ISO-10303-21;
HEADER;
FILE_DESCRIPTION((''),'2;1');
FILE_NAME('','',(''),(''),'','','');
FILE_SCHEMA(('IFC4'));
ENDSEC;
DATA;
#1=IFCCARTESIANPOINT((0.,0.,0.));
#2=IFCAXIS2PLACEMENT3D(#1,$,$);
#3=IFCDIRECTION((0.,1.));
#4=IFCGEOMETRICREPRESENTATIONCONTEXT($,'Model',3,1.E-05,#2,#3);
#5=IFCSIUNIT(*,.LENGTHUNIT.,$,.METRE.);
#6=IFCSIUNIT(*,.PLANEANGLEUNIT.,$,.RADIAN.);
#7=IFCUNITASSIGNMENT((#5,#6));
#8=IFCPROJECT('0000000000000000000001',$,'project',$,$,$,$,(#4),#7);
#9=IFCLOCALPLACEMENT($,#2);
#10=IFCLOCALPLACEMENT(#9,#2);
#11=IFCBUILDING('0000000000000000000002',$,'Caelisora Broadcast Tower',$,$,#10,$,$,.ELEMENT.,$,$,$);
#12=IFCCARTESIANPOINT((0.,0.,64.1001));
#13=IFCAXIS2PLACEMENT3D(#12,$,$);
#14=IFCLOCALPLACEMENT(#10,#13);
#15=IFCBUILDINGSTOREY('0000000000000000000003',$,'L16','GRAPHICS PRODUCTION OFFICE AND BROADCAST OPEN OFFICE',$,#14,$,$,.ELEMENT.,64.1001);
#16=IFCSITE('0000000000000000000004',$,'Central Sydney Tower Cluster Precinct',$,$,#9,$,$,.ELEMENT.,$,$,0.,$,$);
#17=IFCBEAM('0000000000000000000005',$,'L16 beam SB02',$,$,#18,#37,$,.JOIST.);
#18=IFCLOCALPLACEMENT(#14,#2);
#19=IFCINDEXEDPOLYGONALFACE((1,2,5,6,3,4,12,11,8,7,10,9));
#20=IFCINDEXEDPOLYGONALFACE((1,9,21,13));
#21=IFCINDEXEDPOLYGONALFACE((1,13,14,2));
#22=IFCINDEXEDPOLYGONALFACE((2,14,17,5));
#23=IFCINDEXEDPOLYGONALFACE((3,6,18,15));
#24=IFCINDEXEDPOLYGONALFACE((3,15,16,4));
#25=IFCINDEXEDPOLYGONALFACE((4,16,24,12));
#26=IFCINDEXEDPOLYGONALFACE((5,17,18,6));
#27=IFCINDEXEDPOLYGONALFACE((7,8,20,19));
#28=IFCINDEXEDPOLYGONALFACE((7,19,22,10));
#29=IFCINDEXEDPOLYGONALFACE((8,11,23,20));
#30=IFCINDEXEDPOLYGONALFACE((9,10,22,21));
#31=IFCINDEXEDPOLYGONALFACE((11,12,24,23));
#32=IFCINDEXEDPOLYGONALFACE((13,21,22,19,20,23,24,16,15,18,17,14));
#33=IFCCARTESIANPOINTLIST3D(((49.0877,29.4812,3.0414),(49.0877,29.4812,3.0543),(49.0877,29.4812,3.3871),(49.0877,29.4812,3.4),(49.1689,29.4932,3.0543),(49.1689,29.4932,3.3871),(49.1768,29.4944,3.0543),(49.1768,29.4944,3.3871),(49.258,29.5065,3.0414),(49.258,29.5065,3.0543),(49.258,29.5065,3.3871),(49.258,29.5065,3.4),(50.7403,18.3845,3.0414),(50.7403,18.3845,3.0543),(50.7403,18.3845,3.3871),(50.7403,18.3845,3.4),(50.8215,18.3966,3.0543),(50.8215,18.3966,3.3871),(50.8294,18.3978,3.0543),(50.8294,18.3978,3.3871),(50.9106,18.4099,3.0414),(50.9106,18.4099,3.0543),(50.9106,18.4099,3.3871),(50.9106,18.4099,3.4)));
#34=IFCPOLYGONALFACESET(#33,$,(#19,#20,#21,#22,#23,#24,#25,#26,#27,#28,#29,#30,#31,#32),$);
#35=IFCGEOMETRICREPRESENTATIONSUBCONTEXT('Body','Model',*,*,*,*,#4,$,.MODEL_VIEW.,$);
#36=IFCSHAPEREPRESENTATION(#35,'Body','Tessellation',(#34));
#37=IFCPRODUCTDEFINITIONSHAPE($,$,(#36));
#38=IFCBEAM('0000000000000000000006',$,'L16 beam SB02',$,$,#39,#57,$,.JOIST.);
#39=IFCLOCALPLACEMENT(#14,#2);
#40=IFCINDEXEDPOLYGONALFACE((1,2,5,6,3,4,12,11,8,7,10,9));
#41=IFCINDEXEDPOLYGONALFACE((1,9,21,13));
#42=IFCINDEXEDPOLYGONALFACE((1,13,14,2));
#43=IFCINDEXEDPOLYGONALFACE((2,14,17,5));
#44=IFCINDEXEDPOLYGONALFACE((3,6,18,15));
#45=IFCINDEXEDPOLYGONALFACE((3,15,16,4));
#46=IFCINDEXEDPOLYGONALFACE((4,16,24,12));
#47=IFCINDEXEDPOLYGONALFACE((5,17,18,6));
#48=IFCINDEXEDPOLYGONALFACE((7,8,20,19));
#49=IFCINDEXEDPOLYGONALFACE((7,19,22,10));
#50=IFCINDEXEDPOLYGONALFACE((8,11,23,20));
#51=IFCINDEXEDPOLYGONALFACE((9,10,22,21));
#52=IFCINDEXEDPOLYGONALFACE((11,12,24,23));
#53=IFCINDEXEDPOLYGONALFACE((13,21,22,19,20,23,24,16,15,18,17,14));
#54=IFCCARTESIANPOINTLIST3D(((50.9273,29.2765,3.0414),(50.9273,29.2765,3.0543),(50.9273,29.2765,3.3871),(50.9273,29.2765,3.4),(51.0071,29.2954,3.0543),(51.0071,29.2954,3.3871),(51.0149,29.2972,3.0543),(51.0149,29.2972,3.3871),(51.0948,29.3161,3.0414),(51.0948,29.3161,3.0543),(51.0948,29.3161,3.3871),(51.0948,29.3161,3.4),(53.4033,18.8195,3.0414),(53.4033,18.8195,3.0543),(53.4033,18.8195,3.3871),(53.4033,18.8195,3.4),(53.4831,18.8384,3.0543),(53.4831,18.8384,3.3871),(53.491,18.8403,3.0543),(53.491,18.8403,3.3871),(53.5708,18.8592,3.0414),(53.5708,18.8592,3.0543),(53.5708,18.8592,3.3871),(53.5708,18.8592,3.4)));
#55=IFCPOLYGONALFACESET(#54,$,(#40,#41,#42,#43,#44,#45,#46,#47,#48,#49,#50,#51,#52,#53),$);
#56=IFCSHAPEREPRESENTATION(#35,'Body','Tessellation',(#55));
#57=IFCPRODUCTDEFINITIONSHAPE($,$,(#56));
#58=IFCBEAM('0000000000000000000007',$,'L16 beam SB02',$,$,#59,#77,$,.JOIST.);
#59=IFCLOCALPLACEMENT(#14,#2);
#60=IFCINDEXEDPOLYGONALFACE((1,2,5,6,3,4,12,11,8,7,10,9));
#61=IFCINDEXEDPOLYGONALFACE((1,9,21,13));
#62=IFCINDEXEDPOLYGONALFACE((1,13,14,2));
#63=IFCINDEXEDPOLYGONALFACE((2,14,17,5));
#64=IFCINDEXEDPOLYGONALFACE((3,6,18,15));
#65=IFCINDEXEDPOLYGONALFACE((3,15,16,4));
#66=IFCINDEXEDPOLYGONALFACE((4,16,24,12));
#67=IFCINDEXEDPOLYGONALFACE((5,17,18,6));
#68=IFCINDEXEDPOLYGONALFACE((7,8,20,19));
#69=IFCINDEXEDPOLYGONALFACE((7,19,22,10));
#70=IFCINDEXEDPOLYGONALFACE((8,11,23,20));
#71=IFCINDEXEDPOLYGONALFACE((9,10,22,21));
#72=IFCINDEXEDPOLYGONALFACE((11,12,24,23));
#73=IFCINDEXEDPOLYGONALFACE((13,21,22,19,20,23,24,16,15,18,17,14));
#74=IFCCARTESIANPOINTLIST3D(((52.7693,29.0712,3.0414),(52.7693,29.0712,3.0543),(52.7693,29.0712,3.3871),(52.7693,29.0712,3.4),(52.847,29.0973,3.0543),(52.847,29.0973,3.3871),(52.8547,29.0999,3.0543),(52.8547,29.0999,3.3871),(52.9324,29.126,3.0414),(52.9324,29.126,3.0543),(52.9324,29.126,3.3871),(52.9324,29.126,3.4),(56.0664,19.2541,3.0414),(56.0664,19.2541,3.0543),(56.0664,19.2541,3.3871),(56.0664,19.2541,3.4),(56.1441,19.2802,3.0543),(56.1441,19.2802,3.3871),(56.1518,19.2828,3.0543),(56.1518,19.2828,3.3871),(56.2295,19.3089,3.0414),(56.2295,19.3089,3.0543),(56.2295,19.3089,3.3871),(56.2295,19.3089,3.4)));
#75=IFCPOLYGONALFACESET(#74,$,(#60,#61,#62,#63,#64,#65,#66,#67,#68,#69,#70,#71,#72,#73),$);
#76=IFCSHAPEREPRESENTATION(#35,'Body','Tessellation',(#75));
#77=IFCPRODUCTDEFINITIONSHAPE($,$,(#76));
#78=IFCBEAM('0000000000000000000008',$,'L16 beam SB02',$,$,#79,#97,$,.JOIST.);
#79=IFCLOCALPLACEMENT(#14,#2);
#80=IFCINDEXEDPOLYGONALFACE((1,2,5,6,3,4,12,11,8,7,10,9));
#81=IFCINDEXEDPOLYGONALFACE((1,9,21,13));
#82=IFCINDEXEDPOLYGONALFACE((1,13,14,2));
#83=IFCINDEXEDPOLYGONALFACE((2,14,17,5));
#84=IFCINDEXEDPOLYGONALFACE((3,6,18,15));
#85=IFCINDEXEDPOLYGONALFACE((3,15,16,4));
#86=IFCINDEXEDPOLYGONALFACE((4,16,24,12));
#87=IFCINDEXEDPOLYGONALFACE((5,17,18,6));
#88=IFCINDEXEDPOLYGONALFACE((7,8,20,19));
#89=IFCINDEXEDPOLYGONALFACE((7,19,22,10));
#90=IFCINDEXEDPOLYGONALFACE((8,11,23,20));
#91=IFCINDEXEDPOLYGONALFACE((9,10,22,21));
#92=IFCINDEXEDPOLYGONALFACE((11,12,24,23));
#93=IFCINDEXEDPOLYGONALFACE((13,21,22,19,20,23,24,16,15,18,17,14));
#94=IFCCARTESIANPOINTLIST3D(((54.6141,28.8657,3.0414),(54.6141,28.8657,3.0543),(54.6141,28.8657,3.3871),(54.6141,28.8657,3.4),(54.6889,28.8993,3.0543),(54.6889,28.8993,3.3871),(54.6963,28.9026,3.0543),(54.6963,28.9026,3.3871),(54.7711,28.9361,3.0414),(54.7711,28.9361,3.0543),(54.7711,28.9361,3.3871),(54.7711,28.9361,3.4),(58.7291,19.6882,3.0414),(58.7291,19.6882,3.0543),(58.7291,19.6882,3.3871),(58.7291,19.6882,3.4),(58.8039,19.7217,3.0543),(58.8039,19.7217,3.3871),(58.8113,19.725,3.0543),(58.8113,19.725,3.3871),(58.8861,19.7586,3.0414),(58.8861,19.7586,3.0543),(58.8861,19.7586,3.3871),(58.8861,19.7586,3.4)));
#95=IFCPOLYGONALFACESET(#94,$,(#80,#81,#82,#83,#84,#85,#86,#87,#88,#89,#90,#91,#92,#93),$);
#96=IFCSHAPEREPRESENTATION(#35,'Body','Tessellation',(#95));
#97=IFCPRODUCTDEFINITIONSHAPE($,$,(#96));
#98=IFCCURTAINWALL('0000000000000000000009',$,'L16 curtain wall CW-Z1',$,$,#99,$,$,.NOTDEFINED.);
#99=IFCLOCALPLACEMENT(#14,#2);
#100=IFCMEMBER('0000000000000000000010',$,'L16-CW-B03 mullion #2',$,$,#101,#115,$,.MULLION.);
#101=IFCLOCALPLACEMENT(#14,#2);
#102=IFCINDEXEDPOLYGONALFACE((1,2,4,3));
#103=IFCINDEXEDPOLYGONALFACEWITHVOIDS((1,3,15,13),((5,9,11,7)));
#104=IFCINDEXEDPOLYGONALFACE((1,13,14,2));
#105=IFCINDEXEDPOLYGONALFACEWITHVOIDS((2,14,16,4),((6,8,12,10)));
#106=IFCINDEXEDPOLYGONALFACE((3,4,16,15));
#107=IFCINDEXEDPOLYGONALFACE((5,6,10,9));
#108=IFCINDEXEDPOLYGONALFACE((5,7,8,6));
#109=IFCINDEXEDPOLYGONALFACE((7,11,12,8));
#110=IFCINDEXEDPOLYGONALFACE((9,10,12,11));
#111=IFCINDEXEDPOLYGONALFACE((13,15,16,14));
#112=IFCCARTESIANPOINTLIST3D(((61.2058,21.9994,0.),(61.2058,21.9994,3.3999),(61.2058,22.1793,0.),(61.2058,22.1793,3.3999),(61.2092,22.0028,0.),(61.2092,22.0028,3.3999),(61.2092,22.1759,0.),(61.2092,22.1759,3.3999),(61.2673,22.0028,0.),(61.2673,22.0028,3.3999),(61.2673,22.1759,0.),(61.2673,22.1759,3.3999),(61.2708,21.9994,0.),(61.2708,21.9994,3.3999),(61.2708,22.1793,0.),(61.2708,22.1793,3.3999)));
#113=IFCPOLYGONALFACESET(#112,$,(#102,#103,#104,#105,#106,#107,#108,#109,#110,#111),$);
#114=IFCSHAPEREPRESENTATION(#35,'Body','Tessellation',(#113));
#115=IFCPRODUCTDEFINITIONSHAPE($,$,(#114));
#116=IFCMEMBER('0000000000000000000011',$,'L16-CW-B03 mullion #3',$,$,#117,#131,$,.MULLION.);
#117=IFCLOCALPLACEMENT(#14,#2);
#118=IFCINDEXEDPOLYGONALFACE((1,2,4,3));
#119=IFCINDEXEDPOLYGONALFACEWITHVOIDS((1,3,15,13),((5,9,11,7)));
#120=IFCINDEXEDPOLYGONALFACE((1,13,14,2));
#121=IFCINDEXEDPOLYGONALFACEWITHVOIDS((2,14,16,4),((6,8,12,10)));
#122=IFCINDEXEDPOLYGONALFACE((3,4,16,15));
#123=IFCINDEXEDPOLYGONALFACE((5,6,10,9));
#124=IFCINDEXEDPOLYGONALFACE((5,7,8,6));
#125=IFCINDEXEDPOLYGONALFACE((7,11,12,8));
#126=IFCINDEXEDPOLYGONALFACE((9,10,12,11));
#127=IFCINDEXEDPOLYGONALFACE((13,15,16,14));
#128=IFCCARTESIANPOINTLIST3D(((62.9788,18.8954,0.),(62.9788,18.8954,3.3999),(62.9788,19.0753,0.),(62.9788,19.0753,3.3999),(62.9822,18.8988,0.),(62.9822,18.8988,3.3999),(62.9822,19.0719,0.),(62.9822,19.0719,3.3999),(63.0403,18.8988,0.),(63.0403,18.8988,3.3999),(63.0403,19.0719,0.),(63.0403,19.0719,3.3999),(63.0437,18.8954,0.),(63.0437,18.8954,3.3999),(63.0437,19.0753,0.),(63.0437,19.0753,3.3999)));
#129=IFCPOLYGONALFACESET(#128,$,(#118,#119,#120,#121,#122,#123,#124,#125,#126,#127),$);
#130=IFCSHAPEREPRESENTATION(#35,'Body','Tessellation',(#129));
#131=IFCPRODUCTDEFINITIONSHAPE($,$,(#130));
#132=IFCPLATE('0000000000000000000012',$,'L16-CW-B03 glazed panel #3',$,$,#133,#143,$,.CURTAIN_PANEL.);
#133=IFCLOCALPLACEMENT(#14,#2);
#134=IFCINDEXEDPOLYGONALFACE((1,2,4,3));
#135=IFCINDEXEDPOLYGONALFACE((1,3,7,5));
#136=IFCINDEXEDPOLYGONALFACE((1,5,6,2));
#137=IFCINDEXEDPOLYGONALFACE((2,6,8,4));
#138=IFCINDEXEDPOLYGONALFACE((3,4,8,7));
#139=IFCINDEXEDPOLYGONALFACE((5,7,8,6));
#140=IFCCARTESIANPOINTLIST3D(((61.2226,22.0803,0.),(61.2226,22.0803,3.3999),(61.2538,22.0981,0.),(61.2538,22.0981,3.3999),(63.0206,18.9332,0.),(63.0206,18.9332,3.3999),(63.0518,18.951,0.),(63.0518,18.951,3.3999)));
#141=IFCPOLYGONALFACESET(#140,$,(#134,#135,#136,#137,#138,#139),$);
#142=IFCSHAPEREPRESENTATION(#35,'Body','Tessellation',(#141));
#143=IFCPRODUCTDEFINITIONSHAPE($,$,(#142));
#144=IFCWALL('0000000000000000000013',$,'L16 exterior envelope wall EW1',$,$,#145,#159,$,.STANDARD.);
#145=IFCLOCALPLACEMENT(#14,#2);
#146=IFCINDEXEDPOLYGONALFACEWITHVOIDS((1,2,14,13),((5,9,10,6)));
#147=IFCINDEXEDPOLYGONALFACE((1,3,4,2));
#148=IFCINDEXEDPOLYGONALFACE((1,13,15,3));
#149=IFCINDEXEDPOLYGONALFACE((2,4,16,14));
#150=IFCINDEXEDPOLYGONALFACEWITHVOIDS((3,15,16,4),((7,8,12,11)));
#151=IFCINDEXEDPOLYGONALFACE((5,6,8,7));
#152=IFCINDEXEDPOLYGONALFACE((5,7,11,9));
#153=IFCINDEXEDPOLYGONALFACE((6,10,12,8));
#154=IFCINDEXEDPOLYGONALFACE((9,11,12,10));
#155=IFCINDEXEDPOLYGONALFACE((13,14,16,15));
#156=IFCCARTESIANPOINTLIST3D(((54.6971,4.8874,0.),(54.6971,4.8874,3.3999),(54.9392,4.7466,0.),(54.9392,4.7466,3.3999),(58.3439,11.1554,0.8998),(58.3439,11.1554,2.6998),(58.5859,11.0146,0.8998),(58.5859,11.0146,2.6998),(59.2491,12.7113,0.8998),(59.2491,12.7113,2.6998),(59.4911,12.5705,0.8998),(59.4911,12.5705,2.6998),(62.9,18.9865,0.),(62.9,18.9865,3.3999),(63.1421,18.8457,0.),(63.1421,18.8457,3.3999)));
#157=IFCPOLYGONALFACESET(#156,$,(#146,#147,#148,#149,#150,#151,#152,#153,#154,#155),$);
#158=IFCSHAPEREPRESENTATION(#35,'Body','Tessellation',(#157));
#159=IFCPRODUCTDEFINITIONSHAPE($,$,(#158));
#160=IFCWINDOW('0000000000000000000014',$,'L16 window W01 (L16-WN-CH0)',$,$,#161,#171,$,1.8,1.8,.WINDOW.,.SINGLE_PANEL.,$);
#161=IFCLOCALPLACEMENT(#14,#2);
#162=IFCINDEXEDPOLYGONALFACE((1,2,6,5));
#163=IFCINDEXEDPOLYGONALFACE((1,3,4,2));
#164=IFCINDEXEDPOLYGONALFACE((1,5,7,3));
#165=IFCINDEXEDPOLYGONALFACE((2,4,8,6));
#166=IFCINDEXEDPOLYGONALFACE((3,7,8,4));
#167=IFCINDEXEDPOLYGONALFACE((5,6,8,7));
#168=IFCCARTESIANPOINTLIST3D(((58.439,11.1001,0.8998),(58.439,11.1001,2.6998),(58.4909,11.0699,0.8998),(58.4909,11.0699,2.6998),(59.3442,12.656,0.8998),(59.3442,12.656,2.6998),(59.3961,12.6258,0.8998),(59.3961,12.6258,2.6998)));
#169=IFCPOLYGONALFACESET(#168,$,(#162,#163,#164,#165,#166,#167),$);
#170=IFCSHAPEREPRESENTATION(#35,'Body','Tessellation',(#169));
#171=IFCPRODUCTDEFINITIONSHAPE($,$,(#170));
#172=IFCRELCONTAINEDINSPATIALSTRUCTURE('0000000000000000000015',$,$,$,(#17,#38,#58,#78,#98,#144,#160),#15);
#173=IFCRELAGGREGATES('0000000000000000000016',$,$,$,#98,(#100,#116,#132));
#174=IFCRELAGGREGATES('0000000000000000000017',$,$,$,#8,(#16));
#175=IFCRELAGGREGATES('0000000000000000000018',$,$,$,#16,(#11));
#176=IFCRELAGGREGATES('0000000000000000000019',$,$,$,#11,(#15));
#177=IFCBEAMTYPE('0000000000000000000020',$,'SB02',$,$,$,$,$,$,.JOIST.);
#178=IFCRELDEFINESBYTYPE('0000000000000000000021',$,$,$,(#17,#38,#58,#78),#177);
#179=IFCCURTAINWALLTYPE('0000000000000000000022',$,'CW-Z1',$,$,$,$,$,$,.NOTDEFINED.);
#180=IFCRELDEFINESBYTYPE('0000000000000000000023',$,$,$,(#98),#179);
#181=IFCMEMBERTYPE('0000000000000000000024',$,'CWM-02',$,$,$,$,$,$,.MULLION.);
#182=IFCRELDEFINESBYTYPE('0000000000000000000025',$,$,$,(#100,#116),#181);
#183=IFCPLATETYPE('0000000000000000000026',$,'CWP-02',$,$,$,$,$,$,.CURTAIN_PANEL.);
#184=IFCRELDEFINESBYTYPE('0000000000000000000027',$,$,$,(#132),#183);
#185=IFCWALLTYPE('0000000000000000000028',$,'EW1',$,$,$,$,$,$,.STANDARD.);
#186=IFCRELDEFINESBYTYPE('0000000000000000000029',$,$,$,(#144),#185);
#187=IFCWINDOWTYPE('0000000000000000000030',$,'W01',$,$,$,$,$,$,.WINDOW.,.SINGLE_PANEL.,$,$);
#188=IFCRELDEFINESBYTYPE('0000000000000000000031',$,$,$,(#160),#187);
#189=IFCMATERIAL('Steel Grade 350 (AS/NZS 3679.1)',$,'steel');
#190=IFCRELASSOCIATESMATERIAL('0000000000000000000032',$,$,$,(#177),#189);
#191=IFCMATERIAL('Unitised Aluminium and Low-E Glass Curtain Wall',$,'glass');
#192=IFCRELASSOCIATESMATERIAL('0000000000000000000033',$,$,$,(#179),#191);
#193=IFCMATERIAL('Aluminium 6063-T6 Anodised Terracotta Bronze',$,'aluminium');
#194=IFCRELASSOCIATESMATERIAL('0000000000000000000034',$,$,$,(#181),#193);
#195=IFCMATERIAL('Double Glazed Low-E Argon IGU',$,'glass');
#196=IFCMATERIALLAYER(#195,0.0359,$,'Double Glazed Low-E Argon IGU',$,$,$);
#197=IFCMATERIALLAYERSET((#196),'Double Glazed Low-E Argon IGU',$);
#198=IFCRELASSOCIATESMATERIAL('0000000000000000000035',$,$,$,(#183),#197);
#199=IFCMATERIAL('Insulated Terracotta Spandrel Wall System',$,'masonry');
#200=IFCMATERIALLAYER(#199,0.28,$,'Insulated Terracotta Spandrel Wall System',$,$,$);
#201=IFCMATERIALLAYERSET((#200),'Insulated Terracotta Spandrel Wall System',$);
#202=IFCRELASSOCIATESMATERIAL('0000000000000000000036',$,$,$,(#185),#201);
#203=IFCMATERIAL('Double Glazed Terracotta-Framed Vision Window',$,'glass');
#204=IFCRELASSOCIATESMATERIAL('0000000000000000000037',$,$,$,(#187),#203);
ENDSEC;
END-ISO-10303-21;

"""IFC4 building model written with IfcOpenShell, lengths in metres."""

from ifc_helpers import new_model, si_unit, direction, frame, frame_2d, origin, origin_2d, place, context, subcontext, project, spatial, rectangle, hollow_rectangle, i_section, extrude, source, transform, mapped, material, layer, layer_set, material_profile, profile_set, type_object, type_shapes, element, fill, aggregate, save


model = new_model("IFC4")

# Units and contexts
model_context = context("Model", 3, precision=1e-05, world=origin(), true_north=direction((0.0, 1.0)))
body_context = subcontext(model_context, "Body", "Model", "MODEL_VIEW")
ifc_project = project(units=[si_unit("LENGTHUNIT", "METRE"), si_unit("PLANEANGLEUNIT", "RADIAN")], contexts=[model_context])

# Site, building, storey
site_placement = place(None, origin())
site = spatial("IfcSite", under=ifc_project, at=site_placement, Name="Central Sydney Tower Cluster Precinct", CompositionType="ELEMENT", RefElevation=0.0)
building_placement = place(site_placement, origin())
building = spatial("IfcBuilding", under=site, at=building_placement, Name="Caelisora Broadcast Tower", CompositionType="ELEMENT")
storey_placement = place(building_placement, frame((0.0, 0.0, 64.1001)))
storey = spatial("IfcBuildingStorey", under=building, at=storey_placement, Name="L16", Description="GRAPHICS PRODUCTION OFFICE AND BROADCAST OPEN OFFICE", CompositionType="ELEMENT", Elevation=64.1001)

# Beams
ifc_material_1 = material(Name="Steel Grade 350 (AS/NZS 3679.1)", Category="steel")
ifc_material_profile_1 = material_profile(ifc_material_1, i_section(OverallWidth=0.1721, OverallDepth=0.3586, WebThickness=0.0081, FlangeThickness=0.0129, at=origin_2d()), Name="Steel Grade 350 (AS/NZS 3679.1)")
ifc_profile_set_1 = profile_set([ifc_material_profile_1], Name="Steel Grade 350 (AS/NZS 3679.1)")
beam_type_1 = type_object("IfcBeamType", Name="SB02", PredefinedType="JOIST", material=ifc_profile_set_1)
shared_shape_1 = source(origin(), body_context, "Body", "SweptSolid", [
    extrude(i_section(OverallWidth=0.1721, OverallDepth=0.3586, WebThickness=0.0081, FlangeThickness=0.0129, at=origin_2d()), origin(), (0.0, 0.0, 1.0), 11.219),
])
beam_1_placement = place(storey_placement, frame((50.8254, 18.3972, 3.2207), z_axis=(-0.147302, 0.989092, 0.0), x_axis=(-0.989092, -0.147302, 0.0)))
element("IfcBeam", 1, at=beam_1_placement, inside=storey, type_object=beam_type_1, Name="L16 beam SB02", PredefinedType="JOIST", context=body_context, shape_type="MappedRepresentation", body=[
    mapped(shared_shape_1, transform((0.0, 0.0, 0.0), scale=1.0)),
])
shared_shape_2 = source(origin(), body_context, "Body", "SweptSolid", [
    extrude(i_section(OverallWidth=0.1721, OverallDepth=0.3586, WebThickness=0.0081, FlangeThickness=0.0129, at=origin_2d()), origin(), (0.0, 0.0, 1.0), 10.7461),
])
beam_2_placement = place(storey_placement, frame((53.4871, 18.8394, 3.2207), z_axis=(-0.230414, 0.973093, 0.0), x_axis=(-0.973093, -0.230414, 0.0)))
element("IfcBeam", 2, at=beam_2_placement, inside=storey, type_object=beam_type_1, Name="L16 beam SB02", PredefinedType="JOIST", context=body_context, shape_type="MappedRepresentation", body=[
    mapped(shared_shape_2, transform((0.0, 0.0, 0.0), scale=1.0)),
])
shared_shape_3 = source(origin(), body_context, "Body", "SweptSolid", [
    extrude(i_section(OverallWidth=0.1721, OverallDepth=0.3586, WebThickness=0.0081, FlangeThickness=0.0129, at=origin_2d()), origin(), (0.0, 0.0, 1.0), 10.356),
])
beam_3_placement = place(storey_placement, frame((56.1479, 19.2815, 3.2207), z_axis=(-0.318377, 0.947964, 0.0), x_axis=(-0.947964, -0.318377, 0.0)))
element("IfcBeam", 3, at=beam_3_placement, inside=storey, type_object=beam_type_1, Name="L16 beam SB02", PredefinedType="JOIST", context=body_context, shape_type="MappedRepresentation", body=[
    mapped(shared_shape_3, transform((0.0, 0.0, 0.0), scale=1.0)),
])
shared_shape_4 = source(origin(), body_context, "Body", "SweptSolid", [
    extrude(i_section(OverallWidth=0.1721, OverallDepth=0.3586, WebThickness=0.0081, FlangeThickness=0.0129, at=origin_2d()), origin(), (0.0, 0.0, 1.0), 10.0579),
])
beam_4_placement = place(storey_placement, frame((58.8076, 19.7234, 3.2207), z_axis=(-0.409134, 0.912474, 0.0), x_axis=(-0.912474, -0.409134, 0.0)))
element("IfcBeam", 4, at=beam_4_placement, inside=storey, type_object=beam_type_1, Name="L16 beam SB02", PredefinedType="JOIST", context=body_context, shape_type="MappedRepresentation", body=[
    mapped(shared_shape_4, transform((0.0, 0.0, 0.0), scale=1.0)),
])

# Curtain wall, members, plate
ifc_material_2 = material(Name="Unitised Aluminium and Low-E Glass Curtain Wall", Category="glass")
curtain_wall_type = type_object("IfcCurtainWallType", Name="CW-Z1", PredefinedType="NOTDEFINED", material=ifc_material_2)
curtain_wall_placement = place(storey_placement, origin())
curtain_wall = element("IfcCurtainWall", 5, at=curtain_wall_placement, inside=storey, type_object=curtain_wall_type, Name="L16 curtain wall CW-Z1", PredefinedType="NOTDEFINED")
ifc_material_3 = material(Name="Aluminium 6063-T6 Anodised Terracotta Bronze", Category="aluminium")
ifc_material_profile_2 = material_profile(ifc_material_3, hollow_rectangle(XDim=0.0649, YDim=0.1799, WallThickness=0.0034, at=origin_2d()), Name="Aluminium 6063-T6 Anodised Terracotta Bronze")
ifc_profile_set_2 = profile_set([ifc_material_profile_2], Name="Aluminium 6063-T6 Anodised Terracotta Bronze")
member_type = type_object("IfcMemberType", Name="CWM-02", PredefinedType="MULLION", material=ifc_profile_set_2)
shared_shape_5 = source(origin(), body_context, "Body", "SweptSolid", [
    extrude(hollow_rectangle(XDim=0.0649, YDim=0.1799, WallThickness=0.0034, at=origin_2d()), origin(), (0.0, 0.0, 1.0), 3.3999),
])
type_shapes(member_type, [shared_shape_5])
member_1_placement = place(storey_placement, frame((61.2383, 22.0894, 0.0), z_axis=(0.0, 0.0, 1.0), x_axis=(1.0, 0.0, 0.0)))
member_1 = element("IfcMember", 6, at=member_1_placement, type_object=member_type, Name="L16-CW-B03 mullion #2", PredefinedType="MULLION", context=body_context, shape_type="MappedRepresentation", body=[
    mapped(shared_shape_5, transform((0.0, 0.0, 0.0), scale=1.0)),
])
member_2_placement = place(storey_placement, frame((63.0112, 18.9854, 0.0), z_axis=(0.0, 0.0, 1.0), x_axis=(1.0, 0.0, 0.0)))
member_2 = element("IfcMember", 7, at=member_2_placement, type_object=member_type, Name="L16-CW-B03 mullion #3", PredefinedType="MULLION", context=body_context, shape_type="MappedRepresentation", body=[
    mapped(shared_shape_5, transform((0.0, 0.0, 0.0), scale=1.0)),
])
ifc_material_4 = material(Name="Double Glazed Low-E Argon IGU", Category="glass")
ifc_layer_1 = layer(ifc_material_4, 0.0359, Name="Double Glazed Low-E Argon IGU")
ifc_layer_set_1 = layer_set([ifc_layer_1], Name="Double Glazed Low-E Argon IGU")
plate_type = type_object("IfcPlateType", Name="CWP-02", PredefinedType="CURTAIN_PANEL", material=ifc_layer_set_1)
shared_shape_6 = source(origin(), body_context, "Body", "SweptSolid", [
    extrude(rectangle(XDim=3.6245, YDim=0.0359, at=origin_2d()), origin(), (0.0, 0.0, 1.0), 3.3999),
])
type_shapes(plate_type, [shared_shape_6])
plate_placement = place(storey_placement, frame((62.1372, 20.5156, 0.0), z_axis=(0.0, 0.0, 1.0), x_axis=(0.496065, -0.868285, 0.0)))
plate = element("IfcPlate", 8, at=plate_placement, type_object=plate_type, Name="L16-CW-B03 glazed panel #3", PredefinedType="CURTAIN_PANEL", context=body_context, shape_type="MappedRepresentation", body=[
    mapped(shared_shape_6, transform((0.0, 0.0, 0.0), scale=1.0)),
])
aggregate(curtain_wall, [member_1, member_2, plate])

# Wall, opening, window
ifc_material_5 = material(Name="Insulated Terracotta Spandrel Wall System", Category="masonry")
ifc_layer_2 = layer(ifc_material_5, 0.28, Name="Insulated Terracotta Spandrel Wall System")
ifc_layer_set_2 = layer_set([ifc_layer_2], Name="Insulated Terracotta Spandrel Wall System")
wall_type_1 = type_object("IfcWallType", Name="EW1", PredefinedType="STANDARD", material=ifc_layer_set_2)
wall_1_placement = place(storey_placement, frame((63.021, 18.916, 0.0), z_axis=(0.0, 0.0, 1.0), x_axis=(-0.502882, -0.864355, 0.0)))
wall_1 = element("IfcWall", 9, at=wall_1_placement, inside=storey, type_object=wall_type_1, Name="L16 exterior envelope wall EW1", PredefinedType="STANDARD", context=body_context, shape_type="SweptSolid", body=[
    extrude(rectangle(XDim=16.3118, YDim=0.28, at=frame_2d((8.1558, 0.0))), origin(), (0.0, 0.0, 1.0), 3.3999),
])
opening_1_placement = place(wall_1_placement, frame((7.26, 0.0, 0.8999)))
opening_1 = element("IfcOpeningElement", 10, at=opening_1_placement, cuts=wall_1, PredefinedType="OPENING", context=body_context, shape_type="SweptSolid", body=[
    extrude(rectangle(XDim=1.8, YDim=1.8, at=frame_2d((0.8999, 0.8999))), frame((0.0, 0.1521, 0.0), z_axis=(0.0, -1.0, 0.0), x_axis=(1.0, 0.0, 0.0)), (0.0, 0.0, 1.0), 0.304),
])
ifc_material_6 = material(Name="Double Glazed Terracotta-Framed Vision Window", Category="glass")
window_type = type_object("IfcWindowType", Name="W01", PartitioningType="SINGLE_PANEL", PredefinedType="WINDOW", material=ifc_material_6)
window_placement = place(opening_1_placement, origin())
window = element("IfcWindow", 11, at=window_placement, inside=storey, type_object=window_type, Name="L16 window W01 (L16-WN-CH0)", OverallHeight=1.8, OverallWidth=1.8, PartitioningType="SINGLE_PANEL", PredefinedType="WINDOW", context=body_context, shape_type="SweptSolid", body=[
    extrude(rectangle(XDim=1.8, YDim=1.8, at=frame_2d((0.8999, 0.8999))), frame((0.0, 0.03, 0.0), z_axis=(0.0, -1.0, 0.0), x_axis=(1.0, 0.0, 0.0)), (0.0, 0.0, 1.0), 0.0601),
])
fill(opening_1, window)

save(model, "model.ifc")
